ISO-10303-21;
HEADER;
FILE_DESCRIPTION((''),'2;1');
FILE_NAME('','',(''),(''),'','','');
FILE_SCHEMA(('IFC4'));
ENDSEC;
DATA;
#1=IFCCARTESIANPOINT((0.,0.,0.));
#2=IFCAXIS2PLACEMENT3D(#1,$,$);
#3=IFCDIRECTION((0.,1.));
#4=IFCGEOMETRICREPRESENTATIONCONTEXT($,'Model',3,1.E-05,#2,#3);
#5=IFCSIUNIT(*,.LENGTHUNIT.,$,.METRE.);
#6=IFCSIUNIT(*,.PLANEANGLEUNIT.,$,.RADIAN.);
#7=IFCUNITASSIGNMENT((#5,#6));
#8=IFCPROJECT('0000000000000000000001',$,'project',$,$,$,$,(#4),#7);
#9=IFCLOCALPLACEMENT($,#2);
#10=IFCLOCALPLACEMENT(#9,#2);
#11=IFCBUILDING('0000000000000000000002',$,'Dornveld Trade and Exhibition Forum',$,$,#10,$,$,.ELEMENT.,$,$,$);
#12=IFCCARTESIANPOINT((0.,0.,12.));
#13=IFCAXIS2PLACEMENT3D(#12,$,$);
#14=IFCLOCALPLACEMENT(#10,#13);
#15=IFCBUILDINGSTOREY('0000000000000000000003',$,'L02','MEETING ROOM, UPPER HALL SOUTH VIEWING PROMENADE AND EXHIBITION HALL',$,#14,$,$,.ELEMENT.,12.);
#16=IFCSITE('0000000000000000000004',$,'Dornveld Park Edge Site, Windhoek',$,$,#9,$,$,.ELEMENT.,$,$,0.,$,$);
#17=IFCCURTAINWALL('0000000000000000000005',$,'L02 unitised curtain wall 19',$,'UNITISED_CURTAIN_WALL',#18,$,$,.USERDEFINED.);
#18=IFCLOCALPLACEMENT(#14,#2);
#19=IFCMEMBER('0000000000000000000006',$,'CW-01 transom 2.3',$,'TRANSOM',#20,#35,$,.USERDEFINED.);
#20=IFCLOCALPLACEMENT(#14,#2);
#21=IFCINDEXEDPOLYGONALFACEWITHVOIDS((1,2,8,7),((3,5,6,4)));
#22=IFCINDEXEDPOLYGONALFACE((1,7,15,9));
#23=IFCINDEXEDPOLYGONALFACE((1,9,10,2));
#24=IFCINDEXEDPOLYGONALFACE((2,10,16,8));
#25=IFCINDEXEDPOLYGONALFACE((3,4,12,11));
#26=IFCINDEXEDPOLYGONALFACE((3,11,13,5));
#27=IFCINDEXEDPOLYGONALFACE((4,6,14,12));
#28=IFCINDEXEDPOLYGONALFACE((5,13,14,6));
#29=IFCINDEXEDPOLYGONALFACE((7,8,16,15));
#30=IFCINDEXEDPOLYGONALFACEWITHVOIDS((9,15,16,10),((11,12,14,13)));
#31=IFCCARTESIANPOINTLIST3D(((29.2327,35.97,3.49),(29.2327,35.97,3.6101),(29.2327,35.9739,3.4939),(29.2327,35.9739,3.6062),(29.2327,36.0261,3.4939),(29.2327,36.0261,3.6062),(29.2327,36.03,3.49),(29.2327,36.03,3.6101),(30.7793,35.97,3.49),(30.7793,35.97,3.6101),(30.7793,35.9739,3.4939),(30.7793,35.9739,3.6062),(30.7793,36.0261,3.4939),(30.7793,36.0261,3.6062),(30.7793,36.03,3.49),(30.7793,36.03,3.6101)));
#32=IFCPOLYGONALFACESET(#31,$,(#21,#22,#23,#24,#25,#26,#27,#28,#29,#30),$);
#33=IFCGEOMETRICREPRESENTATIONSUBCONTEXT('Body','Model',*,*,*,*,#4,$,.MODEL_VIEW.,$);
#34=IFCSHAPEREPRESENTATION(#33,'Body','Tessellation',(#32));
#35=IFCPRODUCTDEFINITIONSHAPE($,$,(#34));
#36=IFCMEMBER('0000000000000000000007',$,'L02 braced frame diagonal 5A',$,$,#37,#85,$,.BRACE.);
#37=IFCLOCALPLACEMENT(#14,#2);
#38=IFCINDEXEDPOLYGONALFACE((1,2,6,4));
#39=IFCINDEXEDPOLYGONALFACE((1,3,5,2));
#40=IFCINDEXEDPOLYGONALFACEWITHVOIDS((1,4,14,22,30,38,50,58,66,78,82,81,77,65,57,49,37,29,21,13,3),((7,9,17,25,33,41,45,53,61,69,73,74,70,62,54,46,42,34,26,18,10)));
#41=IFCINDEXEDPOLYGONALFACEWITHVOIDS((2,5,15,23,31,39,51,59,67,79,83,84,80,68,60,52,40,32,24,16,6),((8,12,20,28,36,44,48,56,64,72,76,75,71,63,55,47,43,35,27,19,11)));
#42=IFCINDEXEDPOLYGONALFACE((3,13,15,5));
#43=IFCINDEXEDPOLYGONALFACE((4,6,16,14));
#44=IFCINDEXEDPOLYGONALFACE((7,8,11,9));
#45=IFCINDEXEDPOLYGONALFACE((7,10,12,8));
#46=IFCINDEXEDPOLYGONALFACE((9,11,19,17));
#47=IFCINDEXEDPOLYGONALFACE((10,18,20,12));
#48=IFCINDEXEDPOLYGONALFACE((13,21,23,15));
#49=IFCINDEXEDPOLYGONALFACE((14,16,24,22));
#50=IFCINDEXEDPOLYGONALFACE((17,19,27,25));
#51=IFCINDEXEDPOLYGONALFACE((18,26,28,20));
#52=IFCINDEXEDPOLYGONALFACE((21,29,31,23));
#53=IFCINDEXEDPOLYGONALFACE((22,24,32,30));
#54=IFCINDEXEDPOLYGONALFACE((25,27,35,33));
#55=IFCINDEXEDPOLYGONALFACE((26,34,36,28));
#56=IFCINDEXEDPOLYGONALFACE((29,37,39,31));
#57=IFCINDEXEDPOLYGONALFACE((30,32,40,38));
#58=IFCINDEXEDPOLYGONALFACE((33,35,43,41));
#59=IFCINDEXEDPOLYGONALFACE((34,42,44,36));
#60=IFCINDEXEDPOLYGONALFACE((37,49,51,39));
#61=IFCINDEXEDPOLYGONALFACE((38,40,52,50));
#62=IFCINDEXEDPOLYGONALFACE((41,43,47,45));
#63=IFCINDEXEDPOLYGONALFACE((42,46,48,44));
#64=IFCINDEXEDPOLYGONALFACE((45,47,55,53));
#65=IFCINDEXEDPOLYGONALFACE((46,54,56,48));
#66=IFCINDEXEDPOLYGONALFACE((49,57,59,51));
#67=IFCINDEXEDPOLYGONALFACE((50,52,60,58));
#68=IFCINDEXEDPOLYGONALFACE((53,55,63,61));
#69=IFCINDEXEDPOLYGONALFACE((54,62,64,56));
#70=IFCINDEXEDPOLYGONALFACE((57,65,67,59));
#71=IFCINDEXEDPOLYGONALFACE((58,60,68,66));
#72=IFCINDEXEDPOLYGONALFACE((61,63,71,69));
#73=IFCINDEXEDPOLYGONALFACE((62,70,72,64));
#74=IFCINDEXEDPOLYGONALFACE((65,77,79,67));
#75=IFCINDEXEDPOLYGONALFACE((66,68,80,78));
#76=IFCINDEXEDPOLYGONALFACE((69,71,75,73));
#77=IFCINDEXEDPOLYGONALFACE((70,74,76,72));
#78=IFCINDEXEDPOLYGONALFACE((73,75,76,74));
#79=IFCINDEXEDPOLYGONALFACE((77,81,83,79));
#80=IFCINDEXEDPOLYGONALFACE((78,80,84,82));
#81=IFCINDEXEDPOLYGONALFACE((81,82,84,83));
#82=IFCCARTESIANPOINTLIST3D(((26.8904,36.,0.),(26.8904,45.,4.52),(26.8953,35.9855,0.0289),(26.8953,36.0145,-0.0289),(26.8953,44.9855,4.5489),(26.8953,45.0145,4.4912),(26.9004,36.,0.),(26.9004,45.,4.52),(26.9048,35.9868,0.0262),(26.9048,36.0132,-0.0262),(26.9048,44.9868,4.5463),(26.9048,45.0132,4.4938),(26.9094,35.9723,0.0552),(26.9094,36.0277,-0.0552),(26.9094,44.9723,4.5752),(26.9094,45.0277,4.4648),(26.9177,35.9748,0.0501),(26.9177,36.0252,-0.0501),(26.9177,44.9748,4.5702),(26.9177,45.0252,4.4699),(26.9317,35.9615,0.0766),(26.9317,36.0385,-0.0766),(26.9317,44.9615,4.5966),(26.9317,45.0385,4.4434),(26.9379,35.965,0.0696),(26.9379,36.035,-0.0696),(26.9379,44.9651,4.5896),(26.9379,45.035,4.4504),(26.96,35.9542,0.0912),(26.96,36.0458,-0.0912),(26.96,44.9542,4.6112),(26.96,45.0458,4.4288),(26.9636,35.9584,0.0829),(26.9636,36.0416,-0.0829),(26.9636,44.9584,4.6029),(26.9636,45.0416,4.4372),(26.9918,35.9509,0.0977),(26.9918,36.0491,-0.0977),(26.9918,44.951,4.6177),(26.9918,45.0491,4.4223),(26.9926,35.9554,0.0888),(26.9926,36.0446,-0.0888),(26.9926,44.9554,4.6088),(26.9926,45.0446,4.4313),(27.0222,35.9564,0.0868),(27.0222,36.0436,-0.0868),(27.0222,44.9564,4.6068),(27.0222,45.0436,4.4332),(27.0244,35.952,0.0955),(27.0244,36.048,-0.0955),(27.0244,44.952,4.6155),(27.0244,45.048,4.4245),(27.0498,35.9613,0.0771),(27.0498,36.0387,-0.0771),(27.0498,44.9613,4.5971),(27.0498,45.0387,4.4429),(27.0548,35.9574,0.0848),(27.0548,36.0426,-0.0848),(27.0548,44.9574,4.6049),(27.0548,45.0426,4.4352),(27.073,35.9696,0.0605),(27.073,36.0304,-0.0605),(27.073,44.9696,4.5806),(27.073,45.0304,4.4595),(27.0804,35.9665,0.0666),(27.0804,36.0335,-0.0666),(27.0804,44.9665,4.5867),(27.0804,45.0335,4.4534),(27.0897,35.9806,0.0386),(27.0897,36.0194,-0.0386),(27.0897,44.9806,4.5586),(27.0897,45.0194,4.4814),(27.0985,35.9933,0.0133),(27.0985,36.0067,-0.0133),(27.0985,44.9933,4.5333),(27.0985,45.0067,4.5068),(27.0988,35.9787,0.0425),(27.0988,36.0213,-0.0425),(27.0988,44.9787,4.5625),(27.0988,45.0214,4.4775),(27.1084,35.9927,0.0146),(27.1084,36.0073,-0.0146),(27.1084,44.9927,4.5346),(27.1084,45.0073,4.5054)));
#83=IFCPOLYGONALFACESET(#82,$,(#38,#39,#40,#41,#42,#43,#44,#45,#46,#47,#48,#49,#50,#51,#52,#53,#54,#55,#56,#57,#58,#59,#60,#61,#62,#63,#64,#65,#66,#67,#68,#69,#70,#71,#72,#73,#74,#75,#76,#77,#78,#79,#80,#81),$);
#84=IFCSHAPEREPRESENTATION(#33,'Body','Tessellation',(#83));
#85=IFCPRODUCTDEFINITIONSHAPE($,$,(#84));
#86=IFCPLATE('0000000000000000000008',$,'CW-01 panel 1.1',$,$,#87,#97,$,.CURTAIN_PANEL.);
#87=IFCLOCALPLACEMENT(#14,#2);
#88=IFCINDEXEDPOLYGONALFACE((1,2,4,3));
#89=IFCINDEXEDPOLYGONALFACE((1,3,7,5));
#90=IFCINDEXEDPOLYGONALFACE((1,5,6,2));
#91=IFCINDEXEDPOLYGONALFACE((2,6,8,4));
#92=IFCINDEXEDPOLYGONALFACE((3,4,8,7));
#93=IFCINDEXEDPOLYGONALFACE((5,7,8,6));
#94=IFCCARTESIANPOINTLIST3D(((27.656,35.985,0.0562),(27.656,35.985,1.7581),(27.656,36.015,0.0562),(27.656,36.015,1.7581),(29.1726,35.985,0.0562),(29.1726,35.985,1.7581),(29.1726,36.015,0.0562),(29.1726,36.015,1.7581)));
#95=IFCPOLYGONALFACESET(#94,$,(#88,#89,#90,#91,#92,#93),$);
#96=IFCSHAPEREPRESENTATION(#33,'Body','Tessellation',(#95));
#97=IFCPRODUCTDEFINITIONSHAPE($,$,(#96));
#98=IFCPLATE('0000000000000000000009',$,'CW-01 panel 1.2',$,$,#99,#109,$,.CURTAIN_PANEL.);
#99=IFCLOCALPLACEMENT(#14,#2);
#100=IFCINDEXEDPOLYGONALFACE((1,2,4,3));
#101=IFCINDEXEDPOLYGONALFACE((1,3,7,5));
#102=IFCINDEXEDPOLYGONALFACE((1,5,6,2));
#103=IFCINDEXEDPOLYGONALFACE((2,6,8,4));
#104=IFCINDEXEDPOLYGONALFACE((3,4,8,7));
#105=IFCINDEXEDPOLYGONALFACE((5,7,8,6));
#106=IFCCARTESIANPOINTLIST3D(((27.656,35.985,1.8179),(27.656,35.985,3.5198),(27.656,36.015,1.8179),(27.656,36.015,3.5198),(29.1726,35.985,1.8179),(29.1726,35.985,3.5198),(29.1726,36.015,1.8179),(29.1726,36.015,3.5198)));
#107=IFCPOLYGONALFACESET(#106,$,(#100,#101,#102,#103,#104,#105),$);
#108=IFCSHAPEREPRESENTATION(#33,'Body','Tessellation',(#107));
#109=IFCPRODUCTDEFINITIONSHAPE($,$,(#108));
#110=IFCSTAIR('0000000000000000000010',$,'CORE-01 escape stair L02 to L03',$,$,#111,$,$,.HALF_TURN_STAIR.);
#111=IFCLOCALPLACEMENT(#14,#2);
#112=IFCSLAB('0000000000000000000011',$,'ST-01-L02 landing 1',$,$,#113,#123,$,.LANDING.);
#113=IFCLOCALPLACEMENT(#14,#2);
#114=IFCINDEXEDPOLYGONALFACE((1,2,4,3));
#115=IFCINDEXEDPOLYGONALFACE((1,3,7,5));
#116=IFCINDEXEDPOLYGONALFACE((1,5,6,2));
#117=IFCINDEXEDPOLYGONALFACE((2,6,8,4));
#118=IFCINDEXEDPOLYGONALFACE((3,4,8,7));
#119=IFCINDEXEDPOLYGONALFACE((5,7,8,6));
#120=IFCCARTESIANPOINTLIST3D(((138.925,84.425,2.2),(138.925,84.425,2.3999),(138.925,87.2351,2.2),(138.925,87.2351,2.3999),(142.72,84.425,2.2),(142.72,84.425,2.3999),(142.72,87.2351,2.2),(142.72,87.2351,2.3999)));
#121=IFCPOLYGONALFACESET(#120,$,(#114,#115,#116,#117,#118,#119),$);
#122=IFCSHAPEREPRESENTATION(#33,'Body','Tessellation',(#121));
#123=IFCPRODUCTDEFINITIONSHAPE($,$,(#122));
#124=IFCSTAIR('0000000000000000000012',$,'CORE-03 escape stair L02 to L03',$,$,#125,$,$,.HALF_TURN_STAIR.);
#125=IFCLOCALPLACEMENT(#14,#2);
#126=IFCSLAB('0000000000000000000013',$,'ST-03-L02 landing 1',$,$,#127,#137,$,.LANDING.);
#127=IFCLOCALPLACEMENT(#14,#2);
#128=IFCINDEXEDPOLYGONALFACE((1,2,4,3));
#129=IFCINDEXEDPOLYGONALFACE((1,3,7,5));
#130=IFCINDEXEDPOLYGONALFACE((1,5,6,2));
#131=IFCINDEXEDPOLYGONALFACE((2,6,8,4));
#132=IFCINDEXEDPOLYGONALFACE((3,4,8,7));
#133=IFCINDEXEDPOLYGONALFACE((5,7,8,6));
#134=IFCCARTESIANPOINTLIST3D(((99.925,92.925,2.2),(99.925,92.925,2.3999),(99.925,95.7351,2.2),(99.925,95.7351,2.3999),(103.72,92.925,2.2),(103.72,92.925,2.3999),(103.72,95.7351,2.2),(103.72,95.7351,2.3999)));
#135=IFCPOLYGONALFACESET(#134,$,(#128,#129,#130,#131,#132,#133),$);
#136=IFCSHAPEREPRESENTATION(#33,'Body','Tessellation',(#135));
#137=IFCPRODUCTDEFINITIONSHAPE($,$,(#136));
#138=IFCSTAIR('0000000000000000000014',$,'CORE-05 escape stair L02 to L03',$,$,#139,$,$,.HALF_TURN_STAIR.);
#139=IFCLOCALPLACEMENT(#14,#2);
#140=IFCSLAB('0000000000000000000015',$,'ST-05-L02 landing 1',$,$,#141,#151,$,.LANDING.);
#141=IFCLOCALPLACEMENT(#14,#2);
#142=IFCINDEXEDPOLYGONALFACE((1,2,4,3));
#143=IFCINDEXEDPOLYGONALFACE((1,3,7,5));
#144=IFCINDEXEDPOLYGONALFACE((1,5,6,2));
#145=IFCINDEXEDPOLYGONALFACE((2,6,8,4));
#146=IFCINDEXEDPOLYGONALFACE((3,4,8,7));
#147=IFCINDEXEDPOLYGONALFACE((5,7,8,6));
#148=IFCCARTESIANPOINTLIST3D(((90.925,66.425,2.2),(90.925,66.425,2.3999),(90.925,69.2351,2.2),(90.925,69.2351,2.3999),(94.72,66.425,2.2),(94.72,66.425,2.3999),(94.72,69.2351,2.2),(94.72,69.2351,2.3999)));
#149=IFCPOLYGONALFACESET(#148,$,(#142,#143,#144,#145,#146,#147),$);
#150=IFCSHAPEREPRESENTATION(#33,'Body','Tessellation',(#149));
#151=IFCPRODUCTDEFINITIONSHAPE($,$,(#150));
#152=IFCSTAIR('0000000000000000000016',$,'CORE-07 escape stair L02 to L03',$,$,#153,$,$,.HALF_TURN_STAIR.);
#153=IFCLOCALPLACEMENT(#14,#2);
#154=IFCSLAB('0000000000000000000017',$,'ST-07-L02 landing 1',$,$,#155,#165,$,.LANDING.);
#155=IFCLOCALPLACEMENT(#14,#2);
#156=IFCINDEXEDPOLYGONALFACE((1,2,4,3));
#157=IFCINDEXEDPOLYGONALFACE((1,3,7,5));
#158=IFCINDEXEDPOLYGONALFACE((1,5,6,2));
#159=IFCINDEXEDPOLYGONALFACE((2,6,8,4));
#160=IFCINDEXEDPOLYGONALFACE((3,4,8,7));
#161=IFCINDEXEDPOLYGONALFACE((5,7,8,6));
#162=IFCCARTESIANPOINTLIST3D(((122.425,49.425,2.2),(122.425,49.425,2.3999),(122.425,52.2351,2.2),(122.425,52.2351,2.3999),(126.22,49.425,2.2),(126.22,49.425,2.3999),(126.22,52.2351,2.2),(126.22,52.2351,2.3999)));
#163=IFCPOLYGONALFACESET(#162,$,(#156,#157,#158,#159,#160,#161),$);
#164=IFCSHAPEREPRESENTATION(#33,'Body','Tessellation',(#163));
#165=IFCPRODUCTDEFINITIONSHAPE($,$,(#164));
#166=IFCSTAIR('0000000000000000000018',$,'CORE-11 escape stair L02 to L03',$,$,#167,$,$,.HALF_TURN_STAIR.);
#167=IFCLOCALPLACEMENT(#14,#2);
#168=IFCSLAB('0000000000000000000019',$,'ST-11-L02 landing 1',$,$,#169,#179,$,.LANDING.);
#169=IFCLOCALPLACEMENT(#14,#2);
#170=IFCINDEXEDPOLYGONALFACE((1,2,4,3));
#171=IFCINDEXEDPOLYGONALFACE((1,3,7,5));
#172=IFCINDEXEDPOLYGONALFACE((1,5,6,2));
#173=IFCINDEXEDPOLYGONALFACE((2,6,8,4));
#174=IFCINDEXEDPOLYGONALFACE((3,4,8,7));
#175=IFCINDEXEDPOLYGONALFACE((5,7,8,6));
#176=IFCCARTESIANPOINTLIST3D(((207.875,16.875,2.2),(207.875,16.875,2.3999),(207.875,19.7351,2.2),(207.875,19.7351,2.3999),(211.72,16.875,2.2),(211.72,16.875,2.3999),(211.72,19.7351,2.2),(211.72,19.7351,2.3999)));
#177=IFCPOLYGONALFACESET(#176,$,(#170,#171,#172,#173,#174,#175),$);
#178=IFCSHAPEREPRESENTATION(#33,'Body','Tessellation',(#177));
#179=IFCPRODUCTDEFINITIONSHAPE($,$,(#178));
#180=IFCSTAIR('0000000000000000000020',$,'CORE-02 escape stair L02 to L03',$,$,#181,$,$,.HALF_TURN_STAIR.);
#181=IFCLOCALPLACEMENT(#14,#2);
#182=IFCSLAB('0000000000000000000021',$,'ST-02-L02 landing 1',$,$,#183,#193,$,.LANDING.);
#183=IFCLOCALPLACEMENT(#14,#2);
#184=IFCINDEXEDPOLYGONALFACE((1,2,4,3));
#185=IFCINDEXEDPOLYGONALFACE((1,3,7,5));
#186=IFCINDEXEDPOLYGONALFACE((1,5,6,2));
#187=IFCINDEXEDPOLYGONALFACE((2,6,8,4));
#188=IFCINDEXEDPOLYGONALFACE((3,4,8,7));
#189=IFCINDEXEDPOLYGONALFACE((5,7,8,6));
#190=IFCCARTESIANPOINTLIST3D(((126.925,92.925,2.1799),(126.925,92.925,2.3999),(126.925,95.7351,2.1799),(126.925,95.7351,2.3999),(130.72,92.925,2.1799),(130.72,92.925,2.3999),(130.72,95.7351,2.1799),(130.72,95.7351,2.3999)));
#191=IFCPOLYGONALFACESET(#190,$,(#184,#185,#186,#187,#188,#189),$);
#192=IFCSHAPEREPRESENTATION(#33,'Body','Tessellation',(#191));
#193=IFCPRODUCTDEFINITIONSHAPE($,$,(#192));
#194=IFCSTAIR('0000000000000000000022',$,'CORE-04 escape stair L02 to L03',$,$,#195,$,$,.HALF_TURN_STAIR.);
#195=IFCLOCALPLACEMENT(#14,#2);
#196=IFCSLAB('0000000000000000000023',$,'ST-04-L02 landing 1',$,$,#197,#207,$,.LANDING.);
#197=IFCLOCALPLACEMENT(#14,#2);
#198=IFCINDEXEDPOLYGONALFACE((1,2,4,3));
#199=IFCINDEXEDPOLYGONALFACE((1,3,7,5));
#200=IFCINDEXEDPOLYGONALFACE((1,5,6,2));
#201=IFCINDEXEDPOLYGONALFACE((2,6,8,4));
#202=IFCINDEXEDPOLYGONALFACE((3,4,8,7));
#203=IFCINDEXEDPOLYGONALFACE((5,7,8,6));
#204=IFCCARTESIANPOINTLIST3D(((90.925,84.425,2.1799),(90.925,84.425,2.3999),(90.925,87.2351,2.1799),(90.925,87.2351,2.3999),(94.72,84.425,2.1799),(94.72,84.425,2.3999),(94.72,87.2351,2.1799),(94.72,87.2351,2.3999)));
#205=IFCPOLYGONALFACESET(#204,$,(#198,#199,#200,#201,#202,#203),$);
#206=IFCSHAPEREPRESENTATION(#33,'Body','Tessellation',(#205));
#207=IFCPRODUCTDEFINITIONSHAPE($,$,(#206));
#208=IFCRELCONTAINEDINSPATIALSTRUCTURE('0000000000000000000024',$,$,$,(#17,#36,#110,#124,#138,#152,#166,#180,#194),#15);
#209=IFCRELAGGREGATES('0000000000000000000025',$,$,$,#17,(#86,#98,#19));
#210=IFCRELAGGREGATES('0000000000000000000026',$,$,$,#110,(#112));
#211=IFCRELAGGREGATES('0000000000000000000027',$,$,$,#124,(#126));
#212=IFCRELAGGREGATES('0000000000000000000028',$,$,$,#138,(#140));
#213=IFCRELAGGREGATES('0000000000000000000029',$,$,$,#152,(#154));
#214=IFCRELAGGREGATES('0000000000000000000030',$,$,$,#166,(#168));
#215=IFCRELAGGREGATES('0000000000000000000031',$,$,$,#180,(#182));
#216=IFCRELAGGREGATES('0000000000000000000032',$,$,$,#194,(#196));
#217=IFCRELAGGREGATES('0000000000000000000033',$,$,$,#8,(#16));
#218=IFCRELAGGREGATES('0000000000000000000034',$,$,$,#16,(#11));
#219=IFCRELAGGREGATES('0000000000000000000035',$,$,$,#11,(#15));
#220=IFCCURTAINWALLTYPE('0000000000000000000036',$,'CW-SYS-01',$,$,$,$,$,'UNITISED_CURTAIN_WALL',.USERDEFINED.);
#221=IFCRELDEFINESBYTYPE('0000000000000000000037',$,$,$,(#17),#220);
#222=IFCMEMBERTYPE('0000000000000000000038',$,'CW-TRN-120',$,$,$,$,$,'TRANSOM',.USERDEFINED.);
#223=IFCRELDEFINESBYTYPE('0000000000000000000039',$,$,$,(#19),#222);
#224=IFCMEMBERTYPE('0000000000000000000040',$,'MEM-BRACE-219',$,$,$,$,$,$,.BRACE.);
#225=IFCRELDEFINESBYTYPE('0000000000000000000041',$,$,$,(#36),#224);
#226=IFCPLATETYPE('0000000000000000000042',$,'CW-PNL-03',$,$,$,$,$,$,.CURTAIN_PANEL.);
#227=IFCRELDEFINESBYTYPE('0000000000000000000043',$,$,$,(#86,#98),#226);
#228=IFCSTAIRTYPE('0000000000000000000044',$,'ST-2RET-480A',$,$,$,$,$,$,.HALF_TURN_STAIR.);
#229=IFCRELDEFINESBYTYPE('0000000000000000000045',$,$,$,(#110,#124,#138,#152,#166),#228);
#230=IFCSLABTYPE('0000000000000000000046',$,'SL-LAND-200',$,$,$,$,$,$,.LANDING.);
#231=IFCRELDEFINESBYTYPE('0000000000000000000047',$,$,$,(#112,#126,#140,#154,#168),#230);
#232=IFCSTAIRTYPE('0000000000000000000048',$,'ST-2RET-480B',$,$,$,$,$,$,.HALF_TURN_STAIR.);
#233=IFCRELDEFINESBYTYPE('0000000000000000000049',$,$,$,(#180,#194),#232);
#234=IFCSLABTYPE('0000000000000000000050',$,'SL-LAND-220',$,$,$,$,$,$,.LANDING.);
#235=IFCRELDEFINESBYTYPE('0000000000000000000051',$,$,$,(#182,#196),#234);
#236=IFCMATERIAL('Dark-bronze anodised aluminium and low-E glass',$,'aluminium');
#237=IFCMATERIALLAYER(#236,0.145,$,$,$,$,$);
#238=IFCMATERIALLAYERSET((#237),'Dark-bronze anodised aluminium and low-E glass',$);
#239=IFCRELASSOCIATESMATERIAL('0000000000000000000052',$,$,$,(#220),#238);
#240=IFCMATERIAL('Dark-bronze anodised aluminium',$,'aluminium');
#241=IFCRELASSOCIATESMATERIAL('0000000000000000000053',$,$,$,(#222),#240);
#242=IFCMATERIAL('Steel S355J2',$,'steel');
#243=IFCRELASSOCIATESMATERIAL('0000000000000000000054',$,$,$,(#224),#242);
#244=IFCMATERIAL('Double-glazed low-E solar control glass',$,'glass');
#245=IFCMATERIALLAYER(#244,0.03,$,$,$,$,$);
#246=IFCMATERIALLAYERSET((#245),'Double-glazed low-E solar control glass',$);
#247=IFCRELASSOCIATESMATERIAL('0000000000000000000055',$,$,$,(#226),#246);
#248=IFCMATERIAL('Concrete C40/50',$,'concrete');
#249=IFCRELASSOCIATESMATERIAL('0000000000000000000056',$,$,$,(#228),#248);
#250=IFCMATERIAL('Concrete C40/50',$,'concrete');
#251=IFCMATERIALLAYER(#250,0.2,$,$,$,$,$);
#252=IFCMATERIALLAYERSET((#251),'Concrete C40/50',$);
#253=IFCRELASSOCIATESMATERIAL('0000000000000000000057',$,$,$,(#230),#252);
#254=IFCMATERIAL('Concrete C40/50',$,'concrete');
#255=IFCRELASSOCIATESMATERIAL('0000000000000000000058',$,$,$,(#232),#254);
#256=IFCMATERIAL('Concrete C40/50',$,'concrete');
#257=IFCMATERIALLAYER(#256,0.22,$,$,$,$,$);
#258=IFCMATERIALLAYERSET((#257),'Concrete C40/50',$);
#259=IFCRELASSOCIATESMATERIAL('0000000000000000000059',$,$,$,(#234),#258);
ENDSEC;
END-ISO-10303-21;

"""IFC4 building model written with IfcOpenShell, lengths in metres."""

from ifc_helpers import new_model, si_unit, direction, frame, origin, origin_2d, place, context, subcontext, project, spatial, polyline, rectangle, hollow_rectangle, hollow_circle, outline, extrude, material, layer, layer_set, material_profile, profile_set, type_object, element, aggregate, save


model = new_model("IFC4")

# Units and contexts
model_context = context("Model", 3, precision=1e-05, world=origin(), true_north=direction((0.0, 1.0)))
body_context = subcontext(model_context, "Body", "Model", "MODEL_VIEW")
ifc_project = project(units=[si_unit("LENGTHUNIT", "METRE"), si_unit("PLANEANGLEUNIT", "RADIAN")], contexts=[model_context])

# Site, building, storey
site_placement = place(None, origin())
site = spatial("IfcSite", under=ifc_project, at=site_placement, Name="Dornveld Park Edge Site, Windhoek", CompositionType="ELEMENT", RefElevation=0.0)
building_placement = place(site_placement, origin())
building = spatial("IfcBuilding", under=site, at=building_placement, Name="Dornveld Trade and Exhibition Forum", CompositionType="ELEMENT")
storey_placement = place(building_placement, frame((0.0, 0.0, 12.0)))
storey = spatial("IfcBuildingStorey", under=building, at=storey_placement, Name="L02", Description="MEETING ROOM, UPPER HALL SOUTH VIEWING PROMENADE AND EXHIBITION HALL", CompositionType="ELEMENT", Elevation=12.0)

# Curtain wall, member
ifc_material_1 = material(Name="Dark-bronze anodised aluminium and low-E glass", Category="aluminium")
ifc_layer_1 = layer(ifc_material_1, 0.145)
ifc_layer_set_1 = layer_set([ifc_layer_1], Name="Dark-bronze anodised aluminium and low-E glass")
curtain_wall_type = type_object("IfcCurtainWallType", Name="CW-SYS-01", ElementType="UNITISED_CURTAIN_WALL", PredefinedType="USERDEFINED", material=ifc_layer_set_1)
curtain_wall_placement = place(storey_placement, origin())
curtain_wall = element("IfcCurtainWall", 1, at=curtain_wall_placement, inside=storey, type_object=curtain_wall_type, Name="L02 unitised curtain wall 19", ObjectType="UNITISED_CURTAIN_WALL", PredefinedType="USERDEFINED")
ifc_material_2 = material(Name="Dark-bronze anodised aluminium", Category="aluminium")
ifc_material_profile_1 = material_profile(ifc_material_2, hollow_rectangle(XDim=0.0601, YDim=0.1201, WallThickness=0.0039, at=origin_2d()), Name="RHS 120x60x4")
ifc_profile_set_1 = profile_set([ifc_material_profile_1], Name="Dark-bronze anodised aluminium")
member_type_1 = type_object("IfcMemberType", Name="CW-TRN-120", ElementType="TRANSOM", PredefinedType="USERDEFINED", material=ifc_profile_set_1)
member_1_placement = place(storey_placement, frame((29.2327, 36.0, 3.55), z_axis=(1.0, 0.0, 0.0), x_axis=(0.0, 1.0, 0.0)))
member_1 = element("IfcMember", 2, at=member_1_placement, type_object=member_type_1, Name="CW-01 transom 2.3", ObjectType="TRANSOM", PredefinedType="USERDEFINED", context=body_context, shape_type="SweptSolid", body=[
    extrude(hollow_rectangle(XDim=0.0601, YDim=0.1201, WallThickness=0.0039, at=origin_2d()), origin(), (0.0, 0.0, 1.0), 1.5466),
])

# Member
ifc_material_3 = material(Name="Steel S355J2", Category="steel")
ifc_material_profile_2 = material_profile(ifc_material_3, hollow_circle(Radius=0.1096, WallThickness=0.01, at=origin_2d()), Name="CHS 219.1x10")
ifc_profile_set_2 = profile_set([ifc_material_profile_2], Name="Steel S355J2")
member_type_2 = type_object("IfcMemberType", Name="MEM-BRACE-219", PredefinedType="BRACE", material=ifc_profile_set_2)
member_2_placement = place(storey_placement, frame((27.0, 36.0, 0.0), z_axis=(0.0, 0.893631, 0.448803), x_axis=(-1.0, 0.0, 0.0)))
element("IfcMember", 3, at=member_2_placement, inside=storey, type_object=member_type_2, Name="L02 braced frame diagonal 5A", PredefinedType="BRACE", context=body_context, shape_type="SweptSolid", body=[
    extrude(hollow_circle(Radius=0.1096, WallThickness=0.01, at=origin_2d()), origin(), (0.0, 0.0, 1.0), 10.0713),
])

# Plates
ifc_material_4 = material(Name="Double-glazed low-E solar control glass", Category="glass")
ifc_layer_2 = layer(ifc_material_4, 0.03)
ifc_layer_set_2 = layer_set([ifc_layer_2], Name="Double-glazed low-E solar control glass")
plate_type = type_object("IfcPlateType", Name="CW-PNL-03", PredefinedType="CURTAIN_PANEL", material=ifc_layer_set_2)
plate_1_placement = place(storey_placement, frame((28.4143, 36.0, 0.0562), z_axis=(0.0, 0.0, 1.0), x_axis=(1.0, 0.0, 0.0)))
plate_1 = element("IfcPlate", 4, at=plate_1_placement, type_object=plate_type, Name="CW-01 panel 1.1", PredefinedType="CURTAIN_PANEL", context=body_context, shape_type="SweptSolid", body=[
    extrude(rectangle(XDim=1.5166, YDim=0.03, at=origin_2d()), origin(), (0.0, 0.0, 1.0), 1.7019),
])
plate_2_placement = place(storey_placement, frame((28.4143, 36.0, 1.8179), z_axis=(0.0, 0.0, 1.0), x_axis=(1.0, 0.0, 0.0)))
plate_2 = element("IfcPlate", 5, at=plate_2_placement, type_object=plate_type, Name="CW-01 panel 1.2", PredefinedType="CURTAIN_PANEL", context=body_context, shape_type="SweptSolid", body=[
    extrude(rectangle(XDim=1.5166, YDim=0.03, at=origin_2d()), origin(), (0.0, 0.0, 1.0), 1.7019),
])
aggregate(curtain_wall, [plate_1, plate_2, member_1])

# Stairs, slabs
ifc_material_5 = material(Name="Concrete C40/50", Category="concrete")
stair_type_1 = type_object("IfcStairType", Name="ST-2RET-480A", PredefinedType="HALF_TURN_STAIR", material=ifc_material_5)
stair_1_placement = place(storey_placement, origin())
stair_1 = element("IfcStair", 6, at=stair_1_placement, inside=storey, type_object=stair_type_1, Name="CORE-01 escape stair L02 to L03", PredefinedType="HALF_TURN_STAIR")
ifc_material_6 = material(Name="Concrete C40/50", Category="concrete")
ifc_layer_3 = layer(ifc_material_6, 0.2)
ifc_layer_set_3 = layer_set([ifc_layer_3], Name="Concrete C40/50")
slab_type_1 = type_object("IfcSlabType", Name="SL-LAND-200", PredefinedType="LANDING", material=ifc_layer_set_3)
slab_1_placement = place(storey_placement, frame((0.0, 0.0, 2.2)))
slab_1 = element("IfcSlab", 7, at=slab_1_placement, type_object=slab_type_1, Name="ST-01-L02 landing 1", PredefinedType="LANDING", context=body_context, shape_type="SweptSolid", body=[
    extrude(outline(polyline([(138.925, 84.425), (142.72, 84.425), (142.72, 87.2351), (138.925, 87.2351), (138.925, 84.425)])), origin(), (0.0, 0.0, 1.0), 0.2),
])
aggregate(stair_1, [slab_1])
stair_2_placement = place(storey_placement, origin())
stair_2 = element("IfcStair", 8, at=stair_2_placement, inside=storey, type_object=stair_type_1, Name="CORE-03 escape stair L02 to L03", PredefinedType="HALF_TURN_STAIR")
slab_2_placement = place(storey_placement, frame((0.0, 0.0, 2.2)))
slab_2 = element("IfcSlab", 9, at=slab_2_placement, type_object=slab_type_1, Name="ST-03-L02 landing 1", PredefinedType="LANDING", context=body_context, shape_type="SweptSolid", body=[
    extrude(outline(polyline([(99.925, 92.925), (103.72, 92.925), (103.72, 95.7351), (99.925, 95.7351), (99.925, 92.925)])), origin(), (0.0, 0.0, 1.0), 0.2),
])
aggregate(stair_2, [slab_2])
stair_3_placement = place(storey_placement, origin())
stair_3 = element("IfcStair", 10, at=stair_3_placement, inside=storey, type_object=stair_type_1, Name="CORE-05 escape stair L02 to L03", PredefinedType="HALF_TURN_STAIR")
slab_3_placement = place(storey_placement, frame((0.0, 0.0, 2.2)))
slab_3 = element("IfcSlab", 11, at=slab_3_placement, type_object=slab_type_1, Name="ST-05-L02 landing 1", PredefinedType="LANDING", context=body_context, shape_type="SweptSolid", body=[
    extrude(outline(polyline([(90.925, 66.425), (94.72, 66.425), (94.72, 69.2351), (90.925, 69.2351), (90.925, 66.425)])), origin(), (0.0, 0.0, 1.0), 0.2),
])
aggregate(stair_3, [slab_3])
stair_4_placement = place(storey_placement, origin())
stair_4 = element("IfcStair", 12, at=stair_4_placement, inside=storey, type_object=stair_type_1, Name="CORE-07 escape stair L02 to L03", PredefinedType="HALF_TURN_STAIR")
slab_4_placement = place(storey_placement, frame((0.0, 0.0, 2.2)))
slab_4 = element("IfcSlab", 13, at=slab_4_placement, type_object=slab_type_1, Name="ST-07-L02 landing 1", PredefinedType="LANDING", context=body_context, shape_type="SweptSolid", body=[
    extrude(outline(polyline([(122.425, 49.425), (126.22, 49.425), (126.22, 52.2351), (122.425, 52.2351), (122.425, 49.425)])), origin(), (0.0, 0.0, 1.0), 0.2),
])
aggregate(stair_4, [slab_4])
stair_5_placement = place(storey_placement, origin())
stair_5 = element("IfcStair", 14, at=stair_5_placement, inside=storey, type_object=stair_type_1, Name="CORE-11 escape stair L02 to L03", PredefinedType="HALF_TURN_STAIR")
slab_5_placement = place(storey_placement, frame((0.0, 0.0, 2.2)))
slab_5 = element("IfcSlab", 15, at=slab_5_placement, type_object=slab_type_1, Name="ST-11-L02 landing 1", PredefinedType="LANDING", context=body_context, shape_type="SweptSolid", body=[
    extrude(outline(polyline([(207.875, 16.875), (211.72, 16.875), (211.72, 19.7351), (207.875, 19.7351), (207.875, 16.875)])), origin(), (0.0, 0.0, 1.0), 0.2),
])
aggregate(stair_5, [slab_5])
ifc_material_7 = material(Name="Concrete C40/50", Category="concrete")
stair_type_2 = type_object("IfcStairType", Name="ST-2RET-480B", PredefinedType="HALF_TURN_STAIR", material=ifc_material_7)
stair_6_placement = place(storey_placement, origin())
stair_6 = element("IfcStair", 16, at=stair_6_placement, inside=storey, type_object=stair_type_2, Name="CORE-02 escape stair L02 to L03", PredefinedType="HALF_TURN_STAIR")
ifc_material_8 = material(Name="Concrete C40/50", Category="concrete")
ifc_layer_4 = layer(ifc_material_8, 0.22)
ifc_layer_set_4 = layer_set([ifc_layer_4], Name="Concrete C40/50")
slab_type_2 = type_object("IfcSlabType", Name="SL-LAND-220", PredefinedType="LANDING", material=ifc_layer_set_4)
slab_6_placement = place(storey_placement, frame((0.0, 0.0, 2.1799)))
slab_6 = element("IfcSlab", 17, at=slab_6_placement, type_object=slab_type_2, Name="ST-02-L02 landing 1", PredefinedType="LANDING", context=body_context, shape_type="SweptSolid", body=[
    extrude(outline(polyline([(126.925, 92.925), (130.72, 92.925), (130.72, 95.7351), (126.925, 95.7351), (126.925, 92.925)])), origin(), (0.0, 0.0, 1.0), 0.22),
])
aggregate(stair_6, [slab_6])
stair_7_placement = place(storey_placement, origin())
stair_7 = element("IfcStair", 18, at=stair_7_placement, inside=storey, type_object=stair_type_2, Name="CORE-04 escape stair L02 to L03", PredefinedType="HALF_TURN_STAIR")
slab_7_placement = place(storey_placement, frame((0.0, 0.0, 2.1799)))
slab_7 = element("IfcSlab", 19, at=slab_7_placement, type_object=slab_type_2, Name="ST-04-L02 landing 1", PredefinedType="LANDING", context=body_context, shape_type="SweptSolid", body=[
    extrude(outline(polyline([(90.925, 84.425), (94.72, 84.425), (94.72, 87.2351), (90.925, 87.2351), (90.925, 84.425)])), origin(), (0.0, 0.0, 1.0), 0.22),
])
aggregate(stair_7, [slab_7])

save(model, "model.ifc")
